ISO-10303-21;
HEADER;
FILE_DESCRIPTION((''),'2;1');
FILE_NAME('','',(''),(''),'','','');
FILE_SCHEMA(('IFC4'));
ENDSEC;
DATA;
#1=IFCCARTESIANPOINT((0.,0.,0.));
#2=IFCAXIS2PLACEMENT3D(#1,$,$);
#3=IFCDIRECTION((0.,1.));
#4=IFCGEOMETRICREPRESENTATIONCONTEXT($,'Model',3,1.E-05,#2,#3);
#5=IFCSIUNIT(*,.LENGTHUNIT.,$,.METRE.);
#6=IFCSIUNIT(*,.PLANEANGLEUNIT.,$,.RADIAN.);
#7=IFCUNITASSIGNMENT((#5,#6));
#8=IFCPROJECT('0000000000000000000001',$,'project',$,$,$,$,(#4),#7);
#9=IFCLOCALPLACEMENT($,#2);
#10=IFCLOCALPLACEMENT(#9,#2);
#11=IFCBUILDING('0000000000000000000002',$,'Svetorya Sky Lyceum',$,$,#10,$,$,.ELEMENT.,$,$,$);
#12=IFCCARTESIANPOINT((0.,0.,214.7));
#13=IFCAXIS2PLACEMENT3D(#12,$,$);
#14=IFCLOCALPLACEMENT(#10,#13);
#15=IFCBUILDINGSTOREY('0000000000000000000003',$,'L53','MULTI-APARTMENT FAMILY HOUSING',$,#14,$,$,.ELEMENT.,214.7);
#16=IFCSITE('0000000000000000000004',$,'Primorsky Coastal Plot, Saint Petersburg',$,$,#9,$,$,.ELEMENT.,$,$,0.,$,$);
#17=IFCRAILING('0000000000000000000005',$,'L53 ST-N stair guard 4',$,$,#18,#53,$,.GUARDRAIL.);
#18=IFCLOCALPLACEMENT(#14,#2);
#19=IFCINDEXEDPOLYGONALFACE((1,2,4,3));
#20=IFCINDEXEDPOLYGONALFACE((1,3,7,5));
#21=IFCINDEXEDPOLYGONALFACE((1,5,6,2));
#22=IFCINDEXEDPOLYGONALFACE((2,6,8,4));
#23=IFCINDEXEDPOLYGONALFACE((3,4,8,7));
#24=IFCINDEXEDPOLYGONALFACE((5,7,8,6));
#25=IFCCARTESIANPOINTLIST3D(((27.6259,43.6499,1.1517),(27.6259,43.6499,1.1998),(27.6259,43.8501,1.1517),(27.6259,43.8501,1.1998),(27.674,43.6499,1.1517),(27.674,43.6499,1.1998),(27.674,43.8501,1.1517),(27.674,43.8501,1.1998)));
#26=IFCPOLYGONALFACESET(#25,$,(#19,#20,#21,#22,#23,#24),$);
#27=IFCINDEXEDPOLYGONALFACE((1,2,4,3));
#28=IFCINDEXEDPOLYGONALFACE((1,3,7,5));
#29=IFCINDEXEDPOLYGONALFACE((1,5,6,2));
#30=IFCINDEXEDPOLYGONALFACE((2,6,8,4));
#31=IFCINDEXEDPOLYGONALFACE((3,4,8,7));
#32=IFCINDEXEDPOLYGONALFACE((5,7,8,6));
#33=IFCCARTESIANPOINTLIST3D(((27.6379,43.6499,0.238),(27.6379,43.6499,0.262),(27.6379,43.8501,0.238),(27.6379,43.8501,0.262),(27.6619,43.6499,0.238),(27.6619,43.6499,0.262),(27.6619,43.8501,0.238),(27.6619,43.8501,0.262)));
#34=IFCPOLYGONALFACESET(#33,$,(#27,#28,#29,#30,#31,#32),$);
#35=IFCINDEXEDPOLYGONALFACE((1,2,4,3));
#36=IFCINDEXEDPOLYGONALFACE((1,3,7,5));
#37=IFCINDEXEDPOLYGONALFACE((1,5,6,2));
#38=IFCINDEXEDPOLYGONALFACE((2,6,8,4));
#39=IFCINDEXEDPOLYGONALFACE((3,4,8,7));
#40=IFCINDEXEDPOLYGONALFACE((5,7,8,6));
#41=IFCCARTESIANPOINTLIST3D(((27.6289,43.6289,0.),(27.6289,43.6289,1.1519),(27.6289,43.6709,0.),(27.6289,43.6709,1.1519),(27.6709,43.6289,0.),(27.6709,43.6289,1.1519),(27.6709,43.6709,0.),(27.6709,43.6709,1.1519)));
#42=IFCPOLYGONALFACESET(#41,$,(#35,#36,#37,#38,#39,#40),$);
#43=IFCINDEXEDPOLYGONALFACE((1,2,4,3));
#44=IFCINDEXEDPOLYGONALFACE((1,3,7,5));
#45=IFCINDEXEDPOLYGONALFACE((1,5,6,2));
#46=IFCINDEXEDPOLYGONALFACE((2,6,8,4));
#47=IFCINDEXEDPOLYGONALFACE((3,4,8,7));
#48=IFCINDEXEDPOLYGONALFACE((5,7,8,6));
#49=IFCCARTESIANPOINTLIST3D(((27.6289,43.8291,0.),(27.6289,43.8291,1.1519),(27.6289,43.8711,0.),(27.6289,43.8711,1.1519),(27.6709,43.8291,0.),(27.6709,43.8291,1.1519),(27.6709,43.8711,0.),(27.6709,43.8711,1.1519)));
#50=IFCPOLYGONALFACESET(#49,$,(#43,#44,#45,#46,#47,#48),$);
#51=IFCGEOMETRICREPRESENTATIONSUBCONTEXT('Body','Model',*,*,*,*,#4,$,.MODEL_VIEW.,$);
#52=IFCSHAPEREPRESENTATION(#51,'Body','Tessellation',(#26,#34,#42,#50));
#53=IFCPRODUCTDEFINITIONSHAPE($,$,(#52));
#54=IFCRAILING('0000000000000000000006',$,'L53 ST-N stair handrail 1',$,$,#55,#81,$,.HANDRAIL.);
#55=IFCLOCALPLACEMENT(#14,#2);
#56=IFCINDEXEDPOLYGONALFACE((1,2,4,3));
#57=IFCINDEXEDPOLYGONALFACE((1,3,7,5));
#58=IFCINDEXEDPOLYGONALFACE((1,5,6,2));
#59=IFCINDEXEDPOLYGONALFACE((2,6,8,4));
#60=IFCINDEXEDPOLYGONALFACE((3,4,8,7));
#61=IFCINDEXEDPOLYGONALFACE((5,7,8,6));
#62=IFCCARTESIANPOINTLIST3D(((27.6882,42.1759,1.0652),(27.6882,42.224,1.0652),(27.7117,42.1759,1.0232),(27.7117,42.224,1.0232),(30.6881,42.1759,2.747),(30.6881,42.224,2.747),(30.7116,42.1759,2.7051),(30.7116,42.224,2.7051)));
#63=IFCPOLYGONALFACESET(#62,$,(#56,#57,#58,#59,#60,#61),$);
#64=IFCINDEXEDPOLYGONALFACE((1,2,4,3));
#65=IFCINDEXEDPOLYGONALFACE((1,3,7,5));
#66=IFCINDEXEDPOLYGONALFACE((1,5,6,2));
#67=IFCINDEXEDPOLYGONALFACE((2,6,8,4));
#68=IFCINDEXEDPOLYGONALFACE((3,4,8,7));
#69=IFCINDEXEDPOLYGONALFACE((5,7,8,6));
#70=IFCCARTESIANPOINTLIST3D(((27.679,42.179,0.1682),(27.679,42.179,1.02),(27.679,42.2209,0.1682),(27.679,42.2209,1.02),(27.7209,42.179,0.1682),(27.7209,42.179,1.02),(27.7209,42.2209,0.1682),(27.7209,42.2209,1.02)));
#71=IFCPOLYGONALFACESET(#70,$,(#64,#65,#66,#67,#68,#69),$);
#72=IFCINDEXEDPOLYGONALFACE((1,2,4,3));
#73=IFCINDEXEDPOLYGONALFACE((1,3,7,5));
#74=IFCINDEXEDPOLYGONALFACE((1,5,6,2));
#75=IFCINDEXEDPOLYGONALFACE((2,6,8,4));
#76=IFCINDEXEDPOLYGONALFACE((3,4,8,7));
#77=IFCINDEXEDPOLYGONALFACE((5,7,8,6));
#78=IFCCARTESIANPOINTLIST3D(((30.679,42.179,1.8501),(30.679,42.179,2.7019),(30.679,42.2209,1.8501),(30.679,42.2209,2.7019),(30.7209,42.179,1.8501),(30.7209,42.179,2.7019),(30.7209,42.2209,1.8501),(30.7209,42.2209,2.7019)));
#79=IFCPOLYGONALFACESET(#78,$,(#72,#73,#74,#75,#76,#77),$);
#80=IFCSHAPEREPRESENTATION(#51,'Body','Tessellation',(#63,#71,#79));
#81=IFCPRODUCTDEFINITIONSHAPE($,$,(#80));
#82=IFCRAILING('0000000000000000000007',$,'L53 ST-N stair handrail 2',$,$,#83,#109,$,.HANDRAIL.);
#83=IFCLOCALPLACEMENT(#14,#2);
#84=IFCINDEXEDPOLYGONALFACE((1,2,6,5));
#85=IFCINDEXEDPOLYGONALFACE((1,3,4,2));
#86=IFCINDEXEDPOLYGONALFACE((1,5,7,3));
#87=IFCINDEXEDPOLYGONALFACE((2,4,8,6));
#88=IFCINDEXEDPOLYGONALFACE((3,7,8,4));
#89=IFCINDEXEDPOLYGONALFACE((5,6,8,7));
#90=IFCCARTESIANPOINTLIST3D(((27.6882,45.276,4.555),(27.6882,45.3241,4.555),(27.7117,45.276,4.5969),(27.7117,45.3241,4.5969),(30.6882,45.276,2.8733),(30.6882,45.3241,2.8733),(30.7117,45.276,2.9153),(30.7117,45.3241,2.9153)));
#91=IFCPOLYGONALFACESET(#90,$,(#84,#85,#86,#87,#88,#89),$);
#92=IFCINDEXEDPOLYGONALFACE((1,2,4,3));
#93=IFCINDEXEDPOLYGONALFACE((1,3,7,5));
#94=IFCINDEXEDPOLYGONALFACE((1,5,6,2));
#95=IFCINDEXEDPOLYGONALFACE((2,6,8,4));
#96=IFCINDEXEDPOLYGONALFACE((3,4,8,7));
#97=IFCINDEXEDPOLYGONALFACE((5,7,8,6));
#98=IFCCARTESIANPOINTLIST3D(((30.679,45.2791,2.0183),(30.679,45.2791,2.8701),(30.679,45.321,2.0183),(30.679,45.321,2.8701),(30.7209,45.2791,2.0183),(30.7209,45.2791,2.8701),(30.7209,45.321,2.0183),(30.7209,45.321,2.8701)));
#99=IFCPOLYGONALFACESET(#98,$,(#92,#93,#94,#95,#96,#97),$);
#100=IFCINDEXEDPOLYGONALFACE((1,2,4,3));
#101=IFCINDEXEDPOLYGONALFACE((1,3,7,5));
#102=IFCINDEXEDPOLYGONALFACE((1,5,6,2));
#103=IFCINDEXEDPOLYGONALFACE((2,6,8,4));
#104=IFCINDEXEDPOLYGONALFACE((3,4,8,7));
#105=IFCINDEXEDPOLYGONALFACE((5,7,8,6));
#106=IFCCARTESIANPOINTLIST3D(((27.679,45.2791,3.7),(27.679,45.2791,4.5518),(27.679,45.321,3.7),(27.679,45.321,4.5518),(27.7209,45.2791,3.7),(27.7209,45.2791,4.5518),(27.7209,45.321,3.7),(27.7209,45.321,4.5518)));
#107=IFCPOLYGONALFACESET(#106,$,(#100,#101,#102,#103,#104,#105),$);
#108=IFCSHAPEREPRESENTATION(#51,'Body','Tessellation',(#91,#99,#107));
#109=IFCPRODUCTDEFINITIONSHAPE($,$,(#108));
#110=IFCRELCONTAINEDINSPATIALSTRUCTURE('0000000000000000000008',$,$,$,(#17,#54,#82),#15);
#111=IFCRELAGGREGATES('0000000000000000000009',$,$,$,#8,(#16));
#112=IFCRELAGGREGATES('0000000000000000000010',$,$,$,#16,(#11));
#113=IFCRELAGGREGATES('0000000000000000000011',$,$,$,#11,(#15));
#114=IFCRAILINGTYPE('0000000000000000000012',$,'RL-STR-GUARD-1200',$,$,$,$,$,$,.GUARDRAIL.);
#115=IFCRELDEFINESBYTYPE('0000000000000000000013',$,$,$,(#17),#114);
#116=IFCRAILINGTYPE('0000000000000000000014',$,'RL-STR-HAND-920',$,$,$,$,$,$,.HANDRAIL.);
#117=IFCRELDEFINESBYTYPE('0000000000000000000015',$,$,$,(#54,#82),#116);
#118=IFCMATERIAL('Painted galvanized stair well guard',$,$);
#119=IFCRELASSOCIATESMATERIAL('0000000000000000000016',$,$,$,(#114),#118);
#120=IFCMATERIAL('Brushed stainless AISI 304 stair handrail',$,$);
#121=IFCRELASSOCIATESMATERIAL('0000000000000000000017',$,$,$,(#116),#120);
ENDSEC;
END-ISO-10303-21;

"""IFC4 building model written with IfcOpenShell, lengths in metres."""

from ifc_helpers import new_model, si_unit, direction, frame, origin, origin_2d, place, context, subcontext, project, spatial, rectangle, extrude, material, type_object, element, save


model = new_model("IFC4")

# Units and contexts
model_context = context("Model", 3, precision=1e-05, world=origin(), true_north=direction((0.0, 1.0)))
body_context = subcontext(model_context, "Body", "Model", "MODEL_VIEW")
ifc_project = project(units=[si_unit("LENGTHUNIT", "METRE"), si_unit("PLANEANGLEUNIT", "RADIAN")], contexts=[model_context])

# Site, building, storey
site_placement = place(None, origin())
site = spatial("IfcSite", under=ifc_project, at=site_placement, Name="Primorsky Coastal Plot, Saint Petersburg", CompositionType="ELEMENT", RefElevation=0.0)
building_placement = place(site_placement, origin())
building = spatial("IfcBuilding", under=site, at=building_placement, Name="Svetorya Sky Lyceum", CompositionType="ELEMENT")
storey_placement = place(building_placement, frame((0.0, 0.0, 214.7)))
storey = spatial("IfcBuildingStorey", under=building, at=storey_placement, Name="L53", Description="MULTI-APARTMENT FAMILY HOUSING", CompositionType="ELEMENT", Elevation=214.7)

# Railings
ifc_material_1 = material(Name="Painted galvanized stair well guard")
railing_type_1 = type_object("IfcRailingType", Name="RL-STR-GUARD-1200", PredefinedType="GUARDRAIL", material=ifc_material_1)
railing_1_placement = place(storey_placement, frame((27.6499, 43.6499, 0.0)))
element("IfcRailing", 1, at=railing_1_placement, inside=storey, type_object=railing_type_1, Name="L53 ST-N stair guard 4", PredefinedType="GUARDRAIL", context=body_context, shape_type="SweptSolid", body=[
    extrude(rectangle(XDim=0.0481, YDim=0.0481, at=origin_2d()), frame((0.0, 0.0, 1.1758), z_axis=(0.0, 1.0, 0.0), x_axis=(-1.0, 0.0, 0.0)), (0.0, 0.0, 1.0), 0.2002),
    extrude(rectangle(XDim=0.0239, YDim=0.0239, at=origin_2d()), frame((0.0, 0.0, 0.25), z_axis=(0.0, 1.0, 0.0), x_axis=(-1.0, 0.0, 0.0)), (0.0, 0.0, 1.0), 0.2002),
    extrude(rectangle(XDim=0.042, YDim=0.042, at=origin_2d()), origin(), (0.0, 0.0, 1.0), 1.1519),
    extrude(rectangle(XDim=0.042, YDim=0.042, at=origin_2d()), frame((0.0, 0.2002, 0.0)), (0.0, 0.0, 1.0), 1.1519),
])
ifc_material_2 = material(Name="Brushed stainless AISI 304 stair handrail")
railing_type_2 = type_object("IfcRailingType", Name="RL-STR-HAND-920", PredefinedType="HANDRAIL", material=ifc_material_2)
railing_2_placement = place(storey_placement, frame((27.7, 42.2, 0.1682)))
element("IfcRailing", 2, at=railing_2_placement, inside=storey, type_object=railing_type_2, Name="L53 ST-N stair handrail 1", PredefinedType="HANDRAIL", context=body_context, shape_type="SweptSolid", body=[
    extrude(rectangle(XDim=0.0481, YDim=0.0481, at=origin_2d()), frame((0.0, 0.0, 0.876), z_axis=(0.872272, 0.0, 0.48902), x_axis=(0.0, 1.0, 0.0)), (0.0, 0.0, 1.0), 3.4392),
    extrude(rectangle(XDim=0.042, YDim=0.042, at=origin_2d()), origin(), (0.0, 0.0, 1.0), 0.8518),
    extrude(rectangle(XDim=0.042, YDim=0.042, at=origin_2d()), frame((3.0, 0.0, 1.6819)), (0.0, 0.0, 1.0), 0.8518),
])
railing_3_placement = place(storey_placement, frame((30.7, 45.3, 2.0183)))
element("IfcRailing", 3, at=railing_3_placement, inside=storey, type_object=railing_type_2, Name="L53 ST-N stair handrail 2", PredefinedType="HANDRAIL", context=body_context, shape_type="SweptSolid", body=[
    extrude(rectangle(XDim=0.0481, YDim=0.0481, at=origin_2d()), frame((0.0, 0.0, 0.876), z_axis=(-0.872303, 0.0, 0.488966), x_axis=(0.0, -1.0, 0.0)), (0.0, 0.0, 1.0), 3.4392),
    extrude(rectangle(XDim=0.042, YDim=0.042, at=origin_2d()), origin(), (0.0, 0.0, 1.0), 0.8518),
    extrude(rectangle(XDim=0.042, YDim=0.042, at=origin_2d()), frame((-3.0, 0.0, 1.6816)), (0.0, 0.0, 1.0), 0.8518),
])

save(model, "model.ifc")
